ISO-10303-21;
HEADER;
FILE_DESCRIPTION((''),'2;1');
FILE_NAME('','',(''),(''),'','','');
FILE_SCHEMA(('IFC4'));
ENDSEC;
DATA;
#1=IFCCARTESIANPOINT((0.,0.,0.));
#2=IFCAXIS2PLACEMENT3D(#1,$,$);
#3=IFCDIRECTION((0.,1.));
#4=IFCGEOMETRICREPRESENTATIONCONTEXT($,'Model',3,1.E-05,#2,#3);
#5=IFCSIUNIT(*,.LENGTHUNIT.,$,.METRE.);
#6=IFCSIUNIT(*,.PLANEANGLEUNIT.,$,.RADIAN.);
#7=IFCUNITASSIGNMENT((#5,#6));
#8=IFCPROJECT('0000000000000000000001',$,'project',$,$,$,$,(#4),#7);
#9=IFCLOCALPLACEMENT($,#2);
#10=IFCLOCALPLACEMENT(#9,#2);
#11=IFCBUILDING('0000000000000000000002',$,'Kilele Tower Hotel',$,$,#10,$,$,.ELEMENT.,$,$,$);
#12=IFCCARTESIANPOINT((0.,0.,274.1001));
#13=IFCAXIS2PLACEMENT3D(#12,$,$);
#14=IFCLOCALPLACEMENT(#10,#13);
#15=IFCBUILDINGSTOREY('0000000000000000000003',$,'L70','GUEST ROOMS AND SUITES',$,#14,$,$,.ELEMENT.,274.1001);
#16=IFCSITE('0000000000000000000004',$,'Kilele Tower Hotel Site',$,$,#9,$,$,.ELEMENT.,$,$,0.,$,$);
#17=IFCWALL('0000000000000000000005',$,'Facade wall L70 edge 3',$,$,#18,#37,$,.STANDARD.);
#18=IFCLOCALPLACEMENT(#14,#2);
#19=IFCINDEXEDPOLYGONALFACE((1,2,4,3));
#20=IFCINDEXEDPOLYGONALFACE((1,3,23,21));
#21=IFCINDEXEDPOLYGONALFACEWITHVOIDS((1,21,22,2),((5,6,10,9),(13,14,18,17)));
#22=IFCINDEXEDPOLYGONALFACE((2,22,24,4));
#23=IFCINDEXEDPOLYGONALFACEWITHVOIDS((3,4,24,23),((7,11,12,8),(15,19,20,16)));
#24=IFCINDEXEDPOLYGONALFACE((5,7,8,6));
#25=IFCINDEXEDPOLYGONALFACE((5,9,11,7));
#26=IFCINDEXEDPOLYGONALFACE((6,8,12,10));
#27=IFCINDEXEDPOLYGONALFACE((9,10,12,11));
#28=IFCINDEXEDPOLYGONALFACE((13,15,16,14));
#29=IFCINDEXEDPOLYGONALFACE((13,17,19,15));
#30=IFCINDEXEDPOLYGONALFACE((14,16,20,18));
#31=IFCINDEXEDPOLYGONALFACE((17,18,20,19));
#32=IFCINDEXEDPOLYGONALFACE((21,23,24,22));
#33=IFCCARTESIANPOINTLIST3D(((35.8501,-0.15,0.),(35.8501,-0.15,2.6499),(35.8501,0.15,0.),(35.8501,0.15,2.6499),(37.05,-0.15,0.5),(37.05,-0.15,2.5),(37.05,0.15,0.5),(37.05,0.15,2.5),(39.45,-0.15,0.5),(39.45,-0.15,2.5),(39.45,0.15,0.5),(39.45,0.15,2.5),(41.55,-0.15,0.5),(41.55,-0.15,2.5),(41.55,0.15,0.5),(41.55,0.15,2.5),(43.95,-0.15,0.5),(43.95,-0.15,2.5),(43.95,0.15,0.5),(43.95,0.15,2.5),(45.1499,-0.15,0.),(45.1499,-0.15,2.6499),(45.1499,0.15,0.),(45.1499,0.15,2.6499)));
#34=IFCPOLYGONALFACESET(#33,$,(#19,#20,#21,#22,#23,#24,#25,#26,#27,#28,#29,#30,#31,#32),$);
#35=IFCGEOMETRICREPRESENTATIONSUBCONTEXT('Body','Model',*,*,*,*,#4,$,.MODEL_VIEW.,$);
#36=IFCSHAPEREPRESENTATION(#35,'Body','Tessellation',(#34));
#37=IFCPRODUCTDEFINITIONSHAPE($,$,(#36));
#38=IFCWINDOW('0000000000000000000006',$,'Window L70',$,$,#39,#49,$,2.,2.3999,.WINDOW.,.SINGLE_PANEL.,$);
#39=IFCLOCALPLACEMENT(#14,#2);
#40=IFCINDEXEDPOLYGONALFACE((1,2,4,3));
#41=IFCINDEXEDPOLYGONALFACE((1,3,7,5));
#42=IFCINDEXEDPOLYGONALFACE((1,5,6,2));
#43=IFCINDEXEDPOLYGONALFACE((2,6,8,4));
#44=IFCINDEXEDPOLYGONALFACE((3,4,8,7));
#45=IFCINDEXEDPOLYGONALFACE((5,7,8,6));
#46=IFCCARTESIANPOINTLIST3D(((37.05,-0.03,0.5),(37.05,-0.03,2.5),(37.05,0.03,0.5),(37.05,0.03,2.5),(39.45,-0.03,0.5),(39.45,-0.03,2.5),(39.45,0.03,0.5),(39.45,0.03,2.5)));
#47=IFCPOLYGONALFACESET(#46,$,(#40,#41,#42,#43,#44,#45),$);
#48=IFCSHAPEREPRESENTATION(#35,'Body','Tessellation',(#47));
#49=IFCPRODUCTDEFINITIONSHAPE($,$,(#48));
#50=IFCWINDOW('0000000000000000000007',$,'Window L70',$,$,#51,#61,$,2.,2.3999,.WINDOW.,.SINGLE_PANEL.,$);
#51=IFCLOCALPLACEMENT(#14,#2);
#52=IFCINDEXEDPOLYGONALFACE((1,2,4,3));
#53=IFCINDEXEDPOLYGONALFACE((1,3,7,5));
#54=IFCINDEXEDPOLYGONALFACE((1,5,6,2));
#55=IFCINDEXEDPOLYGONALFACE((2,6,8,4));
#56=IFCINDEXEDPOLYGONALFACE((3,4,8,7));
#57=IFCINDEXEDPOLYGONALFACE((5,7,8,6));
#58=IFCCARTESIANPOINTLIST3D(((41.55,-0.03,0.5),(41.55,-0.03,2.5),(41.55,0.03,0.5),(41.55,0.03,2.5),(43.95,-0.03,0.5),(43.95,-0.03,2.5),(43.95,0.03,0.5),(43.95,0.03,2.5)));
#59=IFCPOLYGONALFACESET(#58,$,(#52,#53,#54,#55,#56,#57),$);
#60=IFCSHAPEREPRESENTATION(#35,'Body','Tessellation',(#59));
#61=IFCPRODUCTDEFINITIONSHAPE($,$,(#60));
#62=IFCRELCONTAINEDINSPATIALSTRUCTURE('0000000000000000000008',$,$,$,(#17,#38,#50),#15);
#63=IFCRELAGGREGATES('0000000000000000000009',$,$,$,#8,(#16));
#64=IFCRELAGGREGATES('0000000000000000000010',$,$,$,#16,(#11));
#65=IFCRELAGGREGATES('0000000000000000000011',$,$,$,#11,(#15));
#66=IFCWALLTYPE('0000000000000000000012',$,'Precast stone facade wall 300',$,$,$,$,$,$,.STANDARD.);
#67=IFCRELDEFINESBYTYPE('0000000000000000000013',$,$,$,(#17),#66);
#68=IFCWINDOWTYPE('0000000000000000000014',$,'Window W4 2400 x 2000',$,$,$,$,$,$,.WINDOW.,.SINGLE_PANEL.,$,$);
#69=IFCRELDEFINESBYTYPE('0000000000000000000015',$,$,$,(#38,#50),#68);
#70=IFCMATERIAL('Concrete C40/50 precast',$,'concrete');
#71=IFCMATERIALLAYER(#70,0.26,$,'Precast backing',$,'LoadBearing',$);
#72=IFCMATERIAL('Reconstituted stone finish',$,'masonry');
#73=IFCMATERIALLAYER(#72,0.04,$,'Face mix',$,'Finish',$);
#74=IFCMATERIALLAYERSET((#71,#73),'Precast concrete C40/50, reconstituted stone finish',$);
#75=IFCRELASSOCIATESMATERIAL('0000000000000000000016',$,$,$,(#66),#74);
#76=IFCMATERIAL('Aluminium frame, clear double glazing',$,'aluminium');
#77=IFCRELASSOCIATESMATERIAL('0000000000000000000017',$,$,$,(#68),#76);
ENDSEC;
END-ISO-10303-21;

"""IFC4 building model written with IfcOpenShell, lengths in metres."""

from ifc_helpers import new_model, si_unit, direction, frame, frame_2d, origin, place, context, subcontext, project, spatial, rectangle, extrude, material, layer, layer_set, type_object, element, fill, save


model = new_model("IFC4")

# Units and contexts
model_context = context("Model", 3, precision=1e-05, world=origin(), true_north=direction((0.0, 1.0)))
body_context = subcontext(model_context, "Body", "Model", "MODEL_VIEW")
ifc_project = project(units=[si_unit("LENGTHUNIT", "METRE"), si_unit("PLANEANGLEUNIT", "RADIAN")], contexts=[model_context])

# Site, building, storey
site_placement = place(None, origin())
site = spatial("IfcSite", under=ifc_project, at=site_placement, Name="Kilele Tower Hotel Site", CompositionType="ELEMENT", RefElevation=0.0)
building_placement = place(site_placement, origin())
building = spatial("IfcBuilding", under=site, at=building_placement, Name="Kilele Tower Hotel", CompositionType="ELEMENT")
storey_placement = place(building_placement, frame((0.0, 0.0, 274.1001)))
storey = spatial("IfcBuildingStorey", under=building, at=storey_placement, Name="L70", Description="GUEST ROOMS AND SUITES", CompositionType="ELEMENT", Elevation=274.1001)

# Wall, openings, windows
ifc_material_1 = material(Name="Concrete C40/50 precast", Category="concrete")
ifc_layer_1 = layer(ifc_material_1, 0.26, Name="Precast backing", Category="LoadBearing")
ifc_material_2 = material(Name="Reconstituted stone finish", Category="masonry")
ifc_layer_2 = layer(ifc_material_2, 0.04, Name="Face mix", Category="Finish")
ifc_layer_set_1 = layer_set([ifc_layer_1, ifc_layer_2], Name="Precast concrete C40/50, reconstituted stone finish")
wall_type_1 = type_object("IfcWallType", Name="Precast stone facade wall 300", PredefinedType="STANDARD", material=ifc_layer_set_1)
wall_1_placement = place(storey_placement, frame((35.8501, 0.0, 0.0), z_axis=(0.0, 0.0, 1.0), x_axis=(1.0, 0.0, 0.0)))
wall_1 = element("IfcWall", 1, at=wall_1_placement, inside=storey, type_object=wall_type_1, Name="Facade wall L70 edge 3", PredefinedType="STANDARD", context=body_context, shape_type="SweptSolid", body=[
    extrude(rectangle(XDim=9.2998, YDim=0.3, at=frame_2d((4.6499, 0.0))), origin(), (0.0, 0.0, 1.0), 2.6499),
])
opening_1_placement = place(wall_1_placement, frame((1.2, 0.0, 0.5)))
opening_1 = element("IfcOpeningElement", 2, at=opening_1_placement, cuts=wall_1, PredefinedType="OPENING", context=body_context, shape_type="SweptSolid", body=[
    extrude(rectangle(XDim=2.3999, YDim=2.0, at=frame_2d((1.2, 1.0))), frame((0.0, 0.1599, 0.0), z_axis=(0.0, -1.0, 0.0), x_axis=(1.0, 0.0, 0.0)), (0.0, 0.0, 1.0), 0.3201),
])
opening_2_placement = place(wall_1_placement, frame((5.7, 0.0, 0.5)))
opening_2 = element("IfcOpeningElement", 3, at=opening_2_placement, cuts=wall_1, PredefinedType="OPENING", context=body_context, shape_type="SweptSolid", body=[
    extrude(rectangle(XDim=2.3999, YDim=2.0, at=frame_2d((1.2, 1.0))), frame((0.0, 0.1599, 0.0), z_axis=(0.0, -1.0, 0.0), x_axis=(1.0, 0.0, 0.0)), (0.0, 0.0, 1.0), 0.3201),
])
ifc_material_3 = material(Name="Aluminium frame, clear double glazing", Category="aluminium")
window_type = type_object("IfcWindowType", Name="Window W4 2400 x 2000", PartitioningType="SINGLE_PANEL", PredefinedType="WINDOW", material=ifc_material_3)
window_1_placement = place(opening_1_placement, origin())
window_1 = element("IfcWindow", 4, at=window_1_placement, inside=storey, type_object=window_type, Name="Window L70", OverallHeight=2.0, OverallWidth=2.3999, PartitioningType="SINGLE_PANEL", PredefinedType="WINDOW", context=body_context, shape_type="SweptSolid", body=[
    extrude(rectangle(XDim=2.3999, YDim=2.0, at=frame_2d((1.2, 1.0))), frame((0.0, 0.03, 0.0), z_axis=(0.0, -1.0, 0.0), x_axis=(1.0, 0.0, 0.0)), (0.0, 0.0, 1.0), 0.0601),
])
fill(opening_1, window_1)
window_2_placement = place(opening_2_placement, origin())
window_2 = element("IfcWindow", 5, at=window_2_placement, inside=storey, type_object=window_type, Name="Window L70", OverallHeight=2.0, OverallWidth=2.3999, PartitioningType="SINGLE_PANEL", PredefinedType="WINDOW", context=body_context, shape_type="SweptSolid", body=[
    extrude(rectangle(XDim=2.3999, YDim=2.0, at=frame_2d((1.2, 1.0))), frame((0.0, 0.03, 0.0), z_axis=(0.0, -1.0, 0.0), x_axis=(1.0, 0.0, 0.0)), (0.0, 0.0, 1.0), 0.0601),
])
fill(opening_2, window_2)

save(model, "model.ifc")
